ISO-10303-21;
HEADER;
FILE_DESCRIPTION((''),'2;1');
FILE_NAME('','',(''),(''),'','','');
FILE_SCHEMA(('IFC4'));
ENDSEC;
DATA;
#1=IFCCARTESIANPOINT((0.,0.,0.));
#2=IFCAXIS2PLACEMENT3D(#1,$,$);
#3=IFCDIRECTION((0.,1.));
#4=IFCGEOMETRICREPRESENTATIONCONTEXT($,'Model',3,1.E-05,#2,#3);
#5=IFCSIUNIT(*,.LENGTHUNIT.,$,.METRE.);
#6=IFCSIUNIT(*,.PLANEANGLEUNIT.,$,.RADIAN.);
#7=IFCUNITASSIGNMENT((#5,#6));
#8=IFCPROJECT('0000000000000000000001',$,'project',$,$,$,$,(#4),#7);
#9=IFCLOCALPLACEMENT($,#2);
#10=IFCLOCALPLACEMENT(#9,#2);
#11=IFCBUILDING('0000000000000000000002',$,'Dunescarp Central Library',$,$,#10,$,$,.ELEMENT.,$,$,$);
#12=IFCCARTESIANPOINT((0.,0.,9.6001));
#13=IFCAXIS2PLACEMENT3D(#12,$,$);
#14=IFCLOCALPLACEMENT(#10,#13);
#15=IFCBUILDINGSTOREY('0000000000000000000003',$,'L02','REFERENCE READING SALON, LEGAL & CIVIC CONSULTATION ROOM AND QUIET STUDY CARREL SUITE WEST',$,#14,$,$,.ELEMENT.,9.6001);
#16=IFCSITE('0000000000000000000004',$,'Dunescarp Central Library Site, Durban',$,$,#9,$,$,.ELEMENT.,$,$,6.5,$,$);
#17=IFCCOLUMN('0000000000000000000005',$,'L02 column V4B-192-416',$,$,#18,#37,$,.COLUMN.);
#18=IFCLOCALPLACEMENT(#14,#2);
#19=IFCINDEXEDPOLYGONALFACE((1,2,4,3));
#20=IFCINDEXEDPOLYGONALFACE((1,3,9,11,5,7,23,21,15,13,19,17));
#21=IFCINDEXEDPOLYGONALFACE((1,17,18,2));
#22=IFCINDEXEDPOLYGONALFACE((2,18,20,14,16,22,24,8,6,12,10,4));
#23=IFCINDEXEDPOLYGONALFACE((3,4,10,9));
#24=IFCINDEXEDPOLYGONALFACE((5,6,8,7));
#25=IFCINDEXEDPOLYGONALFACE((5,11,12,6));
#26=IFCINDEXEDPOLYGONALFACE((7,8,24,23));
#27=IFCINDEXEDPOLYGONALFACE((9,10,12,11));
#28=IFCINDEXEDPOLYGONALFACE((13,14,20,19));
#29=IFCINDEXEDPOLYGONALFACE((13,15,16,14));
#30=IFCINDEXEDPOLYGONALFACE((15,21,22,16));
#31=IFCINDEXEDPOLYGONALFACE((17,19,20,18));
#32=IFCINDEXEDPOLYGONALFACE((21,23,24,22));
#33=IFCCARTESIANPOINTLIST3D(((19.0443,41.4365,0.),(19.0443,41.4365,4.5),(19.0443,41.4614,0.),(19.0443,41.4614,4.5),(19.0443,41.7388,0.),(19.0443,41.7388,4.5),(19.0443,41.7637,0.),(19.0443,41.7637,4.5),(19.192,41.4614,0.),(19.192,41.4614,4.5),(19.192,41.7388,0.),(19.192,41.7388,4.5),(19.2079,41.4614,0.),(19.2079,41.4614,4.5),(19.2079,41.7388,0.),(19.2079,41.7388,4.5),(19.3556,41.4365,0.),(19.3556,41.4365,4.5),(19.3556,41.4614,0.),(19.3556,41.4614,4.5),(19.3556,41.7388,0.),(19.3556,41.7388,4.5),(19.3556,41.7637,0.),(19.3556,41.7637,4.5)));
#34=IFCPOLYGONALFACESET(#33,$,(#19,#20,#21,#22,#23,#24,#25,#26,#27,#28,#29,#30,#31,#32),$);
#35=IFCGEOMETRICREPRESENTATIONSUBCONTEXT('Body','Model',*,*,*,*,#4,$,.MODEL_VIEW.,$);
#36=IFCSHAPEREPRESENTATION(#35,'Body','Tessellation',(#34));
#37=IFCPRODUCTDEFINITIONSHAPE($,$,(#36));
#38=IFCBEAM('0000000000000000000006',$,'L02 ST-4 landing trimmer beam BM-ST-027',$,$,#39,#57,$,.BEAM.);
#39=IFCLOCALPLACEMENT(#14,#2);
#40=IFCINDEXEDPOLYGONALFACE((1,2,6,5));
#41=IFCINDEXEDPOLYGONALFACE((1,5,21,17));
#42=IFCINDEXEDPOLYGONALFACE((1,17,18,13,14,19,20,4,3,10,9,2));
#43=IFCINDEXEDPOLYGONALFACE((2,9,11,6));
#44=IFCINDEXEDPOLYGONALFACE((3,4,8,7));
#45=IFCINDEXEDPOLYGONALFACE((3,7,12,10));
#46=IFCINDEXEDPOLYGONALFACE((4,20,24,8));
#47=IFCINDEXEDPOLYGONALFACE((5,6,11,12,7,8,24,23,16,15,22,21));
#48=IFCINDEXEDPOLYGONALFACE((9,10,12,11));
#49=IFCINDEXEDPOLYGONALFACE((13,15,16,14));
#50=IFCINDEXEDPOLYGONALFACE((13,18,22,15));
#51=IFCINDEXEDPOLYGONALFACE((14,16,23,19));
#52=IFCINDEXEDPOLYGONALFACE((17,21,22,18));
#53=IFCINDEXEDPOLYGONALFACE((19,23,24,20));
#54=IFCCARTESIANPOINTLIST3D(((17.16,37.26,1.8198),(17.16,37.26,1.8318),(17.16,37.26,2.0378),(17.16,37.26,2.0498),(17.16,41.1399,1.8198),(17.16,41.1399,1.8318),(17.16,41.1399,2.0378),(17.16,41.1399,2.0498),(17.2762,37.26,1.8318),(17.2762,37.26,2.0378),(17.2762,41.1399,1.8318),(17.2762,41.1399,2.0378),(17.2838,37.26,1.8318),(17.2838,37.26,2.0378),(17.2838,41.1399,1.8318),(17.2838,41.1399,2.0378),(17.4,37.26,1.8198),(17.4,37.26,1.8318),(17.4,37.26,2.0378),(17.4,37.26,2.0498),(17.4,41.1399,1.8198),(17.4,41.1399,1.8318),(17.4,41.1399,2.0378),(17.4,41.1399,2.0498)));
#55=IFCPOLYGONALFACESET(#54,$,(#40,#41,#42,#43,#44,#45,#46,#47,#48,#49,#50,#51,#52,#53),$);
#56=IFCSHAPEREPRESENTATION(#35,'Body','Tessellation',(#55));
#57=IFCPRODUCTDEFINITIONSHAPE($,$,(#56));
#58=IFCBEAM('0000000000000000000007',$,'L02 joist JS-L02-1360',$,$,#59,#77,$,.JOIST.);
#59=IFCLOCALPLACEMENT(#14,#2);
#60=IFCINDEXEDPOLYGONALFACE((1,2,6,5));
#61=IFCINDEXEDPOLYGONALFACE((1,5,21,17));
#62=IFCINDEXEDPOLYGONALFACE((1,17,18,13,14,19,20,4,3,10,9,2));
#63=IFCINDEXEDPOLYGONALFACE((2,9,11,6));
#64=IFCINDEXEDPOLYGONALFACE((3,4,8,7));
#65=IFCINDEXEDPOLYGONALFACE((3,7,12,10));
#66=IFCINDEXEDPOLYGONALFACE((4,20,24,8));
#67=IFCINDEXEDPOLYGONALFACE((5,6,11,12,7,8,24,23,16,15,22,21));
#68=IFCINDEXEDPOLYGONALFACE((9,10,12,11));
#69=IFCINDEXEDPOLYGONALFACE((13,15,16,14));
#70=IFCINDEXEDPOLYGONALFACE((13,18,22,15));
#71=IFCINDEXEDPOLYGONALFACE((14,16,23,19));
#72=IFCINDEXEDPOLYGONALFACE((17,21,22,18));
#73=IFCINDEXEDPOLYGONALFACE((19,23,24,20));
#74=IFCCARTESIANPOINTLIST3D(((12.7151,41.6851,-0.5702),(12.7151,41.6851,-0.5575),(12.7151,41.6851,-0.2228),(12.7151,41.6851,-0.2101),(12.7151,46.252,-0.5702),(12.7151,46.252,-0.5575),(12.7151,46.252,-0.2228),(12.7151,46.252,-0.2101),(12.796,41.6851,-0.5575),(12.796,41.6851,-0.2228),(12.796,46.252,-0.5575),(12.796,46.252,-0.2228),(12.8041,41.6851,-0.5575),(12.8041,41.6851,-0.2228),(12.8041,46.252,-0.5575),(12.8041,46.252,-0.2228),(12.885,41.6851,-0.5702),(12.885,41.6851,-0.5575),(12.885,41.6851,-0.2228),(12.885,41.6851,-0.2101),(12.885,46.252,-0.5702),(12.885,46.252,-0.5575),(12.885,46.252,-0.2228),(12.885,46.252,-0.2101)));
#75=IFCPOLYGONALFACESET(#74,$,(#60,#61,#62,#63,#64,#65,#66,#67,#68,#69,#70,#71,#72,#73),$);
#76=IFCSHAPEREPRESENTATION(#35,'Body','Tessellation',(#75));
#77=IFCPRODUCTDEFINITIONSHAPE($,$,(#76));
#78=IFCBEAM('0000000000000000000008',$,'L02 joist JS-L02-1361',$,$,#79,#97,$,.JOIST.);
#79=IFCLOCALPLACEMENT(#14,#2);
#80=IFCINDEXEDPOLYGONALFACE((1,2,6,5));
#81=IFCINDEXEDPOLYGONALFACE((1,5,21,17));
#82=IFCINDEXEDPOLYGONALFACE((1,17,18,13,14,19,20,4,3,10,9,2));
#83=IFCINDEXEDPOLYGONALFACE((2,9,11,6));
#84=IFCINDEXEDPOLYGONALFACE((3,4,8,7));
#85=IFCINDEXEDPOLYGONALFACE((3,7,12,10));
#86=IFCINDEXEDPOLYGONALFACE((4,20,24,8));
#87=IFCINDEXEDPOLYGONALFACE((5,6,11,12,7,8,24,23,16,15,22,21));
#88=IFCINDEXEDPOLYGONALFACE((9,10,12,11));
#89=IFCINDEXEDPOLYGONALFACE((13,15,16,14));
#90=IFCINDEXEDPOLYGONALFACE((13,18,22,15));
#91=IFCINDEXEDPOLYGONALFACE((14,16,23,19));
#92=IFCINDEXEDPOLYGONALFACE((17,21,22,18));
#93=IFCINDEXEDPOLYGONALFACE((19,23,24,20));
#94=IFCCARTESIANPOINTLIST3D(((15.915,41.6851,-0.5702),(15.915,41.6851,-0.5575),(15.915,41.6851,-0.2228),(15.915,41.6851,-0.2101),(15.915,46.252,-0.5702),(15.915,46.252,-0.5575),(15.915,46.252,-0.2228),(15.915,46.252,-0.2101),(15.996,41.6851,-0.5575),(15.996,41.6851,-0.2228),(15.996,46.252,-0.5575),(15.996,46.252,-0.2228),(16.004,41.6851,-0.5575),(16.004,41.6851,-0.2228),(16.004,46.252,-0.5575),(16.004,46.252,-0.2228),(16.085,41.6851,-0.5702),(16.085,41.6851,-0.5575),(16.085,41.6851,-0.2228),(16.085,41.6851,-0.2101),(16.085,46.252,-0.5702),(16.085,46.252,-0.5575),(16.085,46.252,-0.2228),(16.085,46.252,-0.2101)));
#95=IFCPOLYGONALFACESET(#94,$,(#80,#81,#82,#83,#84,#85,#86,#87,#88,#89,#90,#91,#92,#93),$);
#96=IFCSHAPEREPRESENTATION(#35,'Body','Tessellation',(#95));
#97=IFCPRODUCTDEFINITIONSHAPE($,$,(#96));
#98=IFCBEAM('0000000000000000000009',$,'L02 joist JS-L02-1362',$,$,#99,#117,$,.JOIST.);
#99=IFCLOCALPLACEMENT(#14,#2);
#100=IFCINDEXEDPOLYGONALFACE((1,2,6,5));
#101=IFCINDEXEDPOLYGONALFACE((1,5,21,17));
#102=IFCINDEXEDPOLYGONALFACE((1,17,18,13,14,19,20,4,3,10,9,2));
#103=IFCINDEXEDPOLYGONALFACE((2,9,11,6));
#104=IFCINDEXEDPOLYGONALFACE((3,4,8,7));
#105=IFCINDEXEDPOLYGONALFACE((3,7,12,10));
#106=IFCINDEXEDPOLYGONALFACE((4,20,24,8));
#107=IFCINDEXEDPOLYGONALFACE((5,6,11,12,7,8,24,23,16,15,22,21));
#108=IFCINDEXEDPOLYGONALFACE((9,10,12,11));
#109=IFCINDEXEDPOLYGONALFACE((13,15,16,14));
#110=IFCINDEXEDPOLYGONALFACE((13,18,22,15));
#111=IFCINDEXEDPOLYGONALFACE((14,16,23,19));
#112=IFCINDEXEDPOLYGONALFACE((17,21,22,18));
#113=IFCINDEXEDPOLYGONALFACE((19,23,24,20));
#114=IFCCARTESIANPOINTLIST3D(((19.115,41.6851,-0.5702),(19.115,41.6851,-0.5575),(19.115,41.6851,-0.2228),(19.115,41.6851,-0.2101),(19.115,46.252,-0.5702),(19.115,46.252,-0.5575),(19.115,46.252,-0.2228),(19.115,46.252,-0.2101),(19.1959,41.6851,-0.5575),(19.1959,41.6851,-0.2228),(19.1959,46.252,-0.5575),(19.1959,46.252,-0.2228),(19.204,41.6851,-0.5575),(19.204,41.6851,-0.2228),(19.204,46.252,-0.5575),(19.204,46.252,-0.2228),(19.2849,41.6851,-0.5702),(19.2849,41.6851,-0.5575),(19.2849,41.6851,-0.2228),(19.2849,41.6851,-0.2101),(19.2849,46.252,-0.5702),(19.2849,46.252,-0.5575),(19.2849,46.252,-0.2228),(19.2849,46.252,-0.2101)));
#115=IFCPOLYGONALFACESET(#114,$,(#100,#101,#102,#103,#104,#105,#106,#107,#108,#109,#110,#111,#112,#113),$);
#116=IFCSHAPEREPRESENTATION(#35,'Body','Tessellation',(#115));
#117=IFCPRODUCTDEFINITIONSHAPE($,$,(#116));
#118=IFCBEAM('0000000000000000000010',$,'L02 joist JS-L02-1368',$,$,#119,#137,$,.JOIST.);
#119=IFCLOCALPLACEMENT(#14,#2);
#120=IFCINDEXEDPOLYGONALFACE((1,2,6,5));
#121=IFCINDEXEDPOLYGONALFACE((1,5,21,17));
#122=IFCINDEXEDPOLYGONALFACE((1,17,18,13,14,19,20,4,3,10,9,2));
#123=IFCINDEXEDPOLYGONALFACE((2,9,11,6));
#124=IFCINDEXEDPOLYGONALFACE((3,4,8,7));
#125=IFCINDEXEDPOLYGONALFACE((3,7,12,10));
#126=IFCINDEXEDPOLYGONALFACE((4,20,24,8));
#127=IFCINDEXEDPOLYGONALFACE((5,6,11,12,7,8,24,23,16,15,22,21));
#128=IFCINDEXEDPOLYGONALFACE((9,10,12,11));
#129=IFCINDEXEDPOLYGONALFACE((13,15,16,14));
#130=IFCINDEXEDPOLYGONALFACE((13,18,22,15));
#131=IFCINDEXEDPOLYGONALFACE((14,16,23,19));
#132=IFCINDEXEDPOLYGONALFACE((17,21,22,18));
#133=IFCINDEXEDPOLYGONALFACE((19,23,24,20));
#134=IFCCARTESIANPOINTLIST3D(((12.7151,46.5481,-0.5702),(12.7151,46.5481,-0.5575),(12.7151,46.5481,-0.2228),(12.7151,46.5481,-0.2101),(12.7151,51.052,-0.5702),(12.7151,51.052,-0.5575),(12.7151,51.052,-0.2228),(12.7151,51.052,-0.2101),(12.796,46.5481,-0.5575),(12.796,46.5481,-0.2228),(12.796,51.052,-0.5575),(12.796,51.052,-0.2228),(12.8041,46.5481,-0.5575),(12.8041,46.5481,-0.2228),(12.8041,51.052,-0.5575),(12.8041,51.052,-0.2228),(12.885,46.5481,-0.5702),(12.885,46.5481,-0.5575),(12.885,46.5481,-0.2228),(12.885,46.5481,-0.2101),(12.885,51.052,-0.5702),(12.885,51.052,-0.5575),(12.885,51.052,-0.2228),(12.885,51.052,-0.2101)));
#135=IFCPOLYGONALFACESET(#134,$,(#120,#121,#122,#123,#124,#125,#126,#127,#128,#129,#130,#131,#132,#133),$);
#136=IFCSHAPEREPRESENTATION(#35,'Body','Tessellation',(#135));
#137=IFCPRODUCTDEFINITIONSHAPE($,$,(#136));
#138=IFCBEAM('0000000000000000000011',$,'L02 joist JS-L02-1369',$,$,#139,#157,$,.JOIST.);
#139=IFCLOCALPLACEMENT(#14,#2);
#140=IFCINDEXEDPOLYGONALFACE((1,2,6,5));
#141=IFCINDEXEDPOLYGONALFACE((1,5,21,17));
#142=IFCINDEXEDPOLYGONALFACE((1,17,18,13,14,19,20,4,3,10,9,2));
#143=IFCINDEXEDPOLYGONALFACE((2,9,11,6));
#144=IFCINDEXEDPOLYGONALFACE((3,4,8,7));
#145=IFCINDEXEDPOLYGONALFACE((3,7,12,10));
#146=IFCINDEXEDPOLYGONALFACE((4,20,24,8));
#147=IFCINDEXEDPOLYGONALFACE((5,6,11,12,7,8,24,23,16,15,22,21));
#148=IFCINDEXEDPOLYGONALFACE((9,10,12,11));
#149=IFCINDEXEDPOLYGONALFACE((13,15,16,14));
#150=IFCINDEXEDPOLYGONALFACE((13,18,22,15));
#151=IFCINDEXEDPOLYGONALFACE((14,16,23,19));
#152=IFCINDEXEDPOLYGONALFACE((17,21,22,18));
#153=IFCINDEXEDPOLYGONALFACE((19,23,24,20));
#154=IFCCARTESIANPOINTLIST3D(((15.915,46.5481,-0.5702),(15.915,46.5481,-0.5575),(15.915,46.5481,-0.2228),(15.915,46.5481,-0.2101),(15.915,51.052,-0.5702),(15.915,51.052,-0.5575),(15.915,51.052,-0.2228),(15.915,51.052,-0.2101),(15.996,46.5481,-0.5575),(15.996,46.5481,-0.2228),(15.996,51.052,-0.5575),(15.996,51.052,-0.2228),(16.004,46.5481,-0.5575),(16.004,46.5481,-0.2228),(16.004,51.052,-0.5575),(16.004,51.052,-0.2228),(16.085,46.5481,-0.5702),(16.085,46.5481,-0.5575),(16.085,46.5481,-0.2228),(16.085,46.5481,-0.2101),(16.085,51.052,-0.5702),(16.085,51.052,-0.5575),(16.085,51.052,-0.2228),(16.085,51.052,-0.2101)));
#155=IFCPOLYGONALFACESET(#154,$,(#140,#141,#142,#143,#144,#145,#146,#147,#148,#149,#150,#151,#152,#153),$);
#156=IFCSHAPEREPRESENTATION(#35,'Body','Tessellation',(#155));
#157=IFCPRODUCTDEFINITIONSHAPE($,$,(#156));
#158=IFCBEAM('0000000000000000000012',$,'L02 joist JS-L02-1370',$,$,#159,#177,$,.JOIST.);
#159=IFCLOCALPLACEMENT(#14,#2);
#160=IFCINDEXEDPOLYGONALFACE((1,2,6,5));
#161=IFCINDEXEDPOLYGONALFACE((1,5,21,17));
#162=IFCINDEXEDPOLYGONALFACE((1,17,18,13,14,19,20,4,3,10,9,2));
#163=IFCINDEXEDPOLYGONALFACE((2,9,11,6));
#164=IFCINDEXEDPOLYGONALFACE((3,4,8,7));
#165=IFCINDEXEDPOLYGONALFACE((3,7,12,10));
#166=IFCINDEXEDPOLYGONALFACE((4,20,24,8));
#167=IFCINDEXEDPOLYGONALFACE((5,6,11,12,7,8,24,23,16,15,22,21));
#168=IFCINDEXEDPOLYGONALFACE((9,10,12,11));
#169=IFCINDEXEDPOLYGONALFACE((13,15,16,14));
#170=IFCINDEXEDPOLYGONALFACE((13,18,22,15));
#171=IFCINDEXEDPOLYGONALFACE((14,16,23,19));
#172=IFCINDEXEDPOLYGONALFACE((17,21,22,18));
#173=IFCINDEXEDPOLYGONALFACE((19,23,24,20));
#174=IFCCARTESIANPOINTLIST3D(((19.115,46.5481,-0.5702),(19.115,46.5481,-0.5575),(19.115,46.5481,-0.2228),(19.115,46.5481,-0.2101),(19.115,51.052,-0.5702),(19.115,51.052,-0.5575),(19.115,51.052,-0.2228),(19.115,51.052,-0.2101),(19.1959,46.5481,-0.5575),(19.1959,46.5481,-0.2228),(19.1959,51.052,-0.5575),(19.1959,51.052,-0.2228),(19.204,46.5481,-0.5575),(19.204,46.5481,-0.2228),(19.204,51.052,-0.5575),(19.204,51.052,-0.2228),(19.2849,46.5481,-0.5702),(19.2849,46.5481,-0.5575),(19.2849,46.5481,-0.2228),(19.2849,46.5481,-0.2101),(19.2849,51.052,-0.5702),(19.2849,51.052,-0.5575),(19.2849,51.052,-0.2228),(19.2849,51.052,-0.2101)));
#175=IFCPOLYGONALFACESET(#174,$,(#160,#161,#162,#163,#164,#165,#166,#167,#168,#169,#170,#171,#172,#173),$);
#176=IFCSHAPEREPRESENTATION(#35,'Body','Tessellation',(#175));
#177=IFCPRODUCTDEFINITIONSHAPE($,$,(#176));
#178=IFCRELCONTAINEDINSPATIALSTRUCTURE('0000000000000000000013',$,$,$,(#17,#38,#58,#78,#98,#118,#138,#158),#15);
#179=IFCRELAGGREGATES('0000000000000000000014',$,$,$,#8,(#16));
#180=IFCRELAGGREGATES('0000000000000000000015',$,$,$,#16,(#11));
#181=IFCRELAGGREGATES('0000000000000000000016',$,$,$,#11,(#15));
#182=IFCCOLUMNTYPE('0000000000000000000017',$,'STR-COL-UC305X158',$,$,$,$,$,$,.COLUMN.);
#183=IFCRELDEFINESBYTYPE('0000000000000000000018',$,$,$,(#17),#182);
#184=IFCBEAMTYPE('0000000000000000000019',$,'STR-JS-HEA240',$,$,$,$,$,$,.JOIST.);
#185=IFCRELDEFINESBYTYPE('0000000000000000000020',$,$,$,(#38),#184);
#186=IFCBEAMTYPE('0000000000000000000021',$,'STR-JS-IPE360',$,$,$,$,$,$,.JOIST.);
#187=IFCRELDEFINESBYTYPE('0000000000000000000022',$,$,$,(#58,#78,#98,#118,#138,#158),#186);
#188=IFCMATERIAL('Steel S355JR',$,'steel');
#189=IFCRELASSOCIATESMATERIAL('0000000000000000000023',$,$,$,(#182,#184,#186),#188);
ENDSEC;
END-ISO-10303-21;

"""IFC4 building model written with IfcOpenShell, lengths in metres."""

from ifc_helpers import new_model, si_unit, direction, frame, origin, origin_2d, place, context, subcontext, project, spatial, i_section, extrude, material, material_profile, profile_set, type_object, element, save


model = new_model("IFC4")

# Units and contexts
model_context = context("Model", 3, precision=1e-05, world=origin(), true_north=direction((0.0, 1.0)))
body_context = subcontext(model_context, "Body", "Model", "MODEL_VIEW")
ifc_project = project(units=[si_unit("LENGTHUNIT", "METRE"), si_unit("PLANEANGLEUNIT", "RADIAN")], contexts=[model_context])

# Site, building, storey
site_placement = place(None, origin())
site = spatial("IfcSite", under=ifc_project, at=site_placement, Name="Dunescarp Central Library Site, Durban", CompositionType="ELEMENT", RefElevation=6.5)
building_placement = place(site_placement, origin())
building = spatial("IfcBuilding", under=site, at=building_placement, Name="Dunescarp Central Library", CompositionType="ELEMENT")
storey_placement = place(building_placement, frame((0.0, 0.0, 9.6001)))
storey = spatial("IfcBuildingStorey", under=building, at=storey_placement, Name="L02", Description="REFERENCE READING SALON, LEGAL & CIVIC CONSULTATION ROOM AND QUIET STUDY CARREL SUITE WEST", CompositionType="ELEMENT", Elevation=9.6001)

# Column
ifc_material_1 = material(Name="Steel S355JR", Category="steel")
ifc_material_profile_1 = material_profile(ifc_material_1, i_section(OverallWidth=0.3113, OverallDepth=0.3271, WebThickness=0.0159, FlangeThickness=0.0249, at=origin_2d()), Name="UC 305x305x158")
ifc_profile_set_1 = profile_set([ifc_material_profile_1], Name="Steel S355JR")
column_type = type_object("IfcColumnType", Name="STR-COL-UC305X158", PredefinedType="COLUMN", material=ifc_profile_set_1)
column_placement = place(storey_placement, frame((19.2, 41.6001, 0.0), z_axis=(0.0, 0.0, 1.0), x_axis=(1.0, 0.0, 0.0)))
element("IfcColumn", 1, at=column_placement, inside=storey, type_object=column_type, Name="L02 column V4B-192-416", PredefinedType="COLUMN", context=body_context, shape_type="SweptSolid", body=[
    extrude(i_section(OverallWidth=0.3113, OverallDepth=0.3271, WebThickness=0.0159, FlangeThickness=0.0249, at=origin_2d()), origin(), (0.0, 0.0, 1.0), 4.5),
])

# Beams
ifc_material_profile_2 = material_profile(ifc_material_1, i_section(OverallWidth=0.24, OverallDepth=0.23, WebThickness=0.0076, FlangeThickness=0.012, at=origin_2d()), Name="HEA 240")
ifc_profile_set_2 = profile_set([ifc_material_profile_2], Name="Steel S355JR")
beam_type_1 = type_object("IfcBeamType", Name="STR-JS-HEA240", PredefinedType="JOIST", material=ifc_profile_set_2)
beam_placement = place(storey_placement, frame((17.28, 37.26, 1.9348), z_axis=(0.0, 1.0, 0.0), x_axis=(-1.0, 0.0, 0.0)))
element("IfcBeam", 2, at=beam_placement, inside=storey, type_object=beam_type_1, Name="L02 ST-4 landing trimmer beam BM-ST-027", PredefinedType="BEAM", context=body_context, shape_type="SweptSolid", body=[
    extrude(i_section(OverallWidth=0.24, OverallDepth=0.23, WebThickness=0.0076, FlangeThickness=0.012, at=origin_2d()), origin(), (0.0, 0.0, 1.0), 3.8799),
])
ifc_material_profile_3 = material_profile(ifc_material_1, i_section(OverallWidth=0.1699, OverallDepth=0.3601, WebThickness=0.0081, FlangeThickness=0.0127, at=origin_2d()), Name="IPE 360")
ifc_profile_set_3 = profile_set([ifc_material_profile_3], Name="Steel S355JR")
beam_type_2 = type_object("IfcBeamType", Name="STR-JS-IPE360", PredefinedType="JOIST", material=ifc_profile_set_3)
for number, where, z_axis, x_axis, name in (
    (3, (12.8, 41.6851, -0.3901), (0.0, 1.0, 0.0), (-1.0, 0.0, 0.0), "L02 joist JS-L02-1360"),
    (4, (16.0, 41.6851, -0.3901), (0.0, 1.0, 0.0), (-1.0, 0.0, 0.0), "L02 joist JS-L02-1361"),
    (5, (19.2, 41.6851, -0.3901), (0.0, 1.0, 0.0), (-1.0, 0.0, 0.0), "L02 joist JS-L02-1362"),
):
    element("IfcBeam", number, at=place(storey_placement, frame(where, z_axis=z_axis, x_axis=x_axis)), inside=storey, type_object=beam_type_2, Name=name, PredefinedType="JOIST", context=body_context, shape_type="SweptSolid", body=[
        extrude(i_section(OverallWidth=0.1699, OverallDepth=0.3601, WebThickness=0.0081, FlangeThickness=0.0127, at=origin_2d()), origin(), (0.0, 0.0, 1.0), 4.5669),
    ])
for number, where, z_axis, x_axis, name in (
    (6, (12.8, 46.5481, -0.3901), (0.0, 1.0, 0.0), (-1.0, 0.0, 0.0), "L02 joist JS-L02-1368"),
    (7, (16.0, 46.5481, -0.3901), (0.0, 1.0, 0.0), (-1.0, 0.0, 0.0), "L02 joist JS-L02-1369"),
    (8, (19.2, 46.5481, -0.3901), (0.0, 1.0, 0.0), (-1.0, 0.0, 0.0), "L02 joist JS-L02-1370"),
):
    element("IfcBeam", number, at=place(storey_placement, frame(where, z_axis=z_axis, x_axis=x_axis)), inside=storey, type_object=beam_type_2, Name=name, PredefinedType="JOIST", context=body_context, shape_type="SweptSolid", body=[
        extrude(i_section(OverallWidth=0.1699, OverallDepth=0.3601, WebThickness=0.0081, FlangeThickness=0.0127, at=origin_2d()), origin(), (0.0, 0.0, 1.0), 4.5039),
    ])

save(model, "model.ifc")
